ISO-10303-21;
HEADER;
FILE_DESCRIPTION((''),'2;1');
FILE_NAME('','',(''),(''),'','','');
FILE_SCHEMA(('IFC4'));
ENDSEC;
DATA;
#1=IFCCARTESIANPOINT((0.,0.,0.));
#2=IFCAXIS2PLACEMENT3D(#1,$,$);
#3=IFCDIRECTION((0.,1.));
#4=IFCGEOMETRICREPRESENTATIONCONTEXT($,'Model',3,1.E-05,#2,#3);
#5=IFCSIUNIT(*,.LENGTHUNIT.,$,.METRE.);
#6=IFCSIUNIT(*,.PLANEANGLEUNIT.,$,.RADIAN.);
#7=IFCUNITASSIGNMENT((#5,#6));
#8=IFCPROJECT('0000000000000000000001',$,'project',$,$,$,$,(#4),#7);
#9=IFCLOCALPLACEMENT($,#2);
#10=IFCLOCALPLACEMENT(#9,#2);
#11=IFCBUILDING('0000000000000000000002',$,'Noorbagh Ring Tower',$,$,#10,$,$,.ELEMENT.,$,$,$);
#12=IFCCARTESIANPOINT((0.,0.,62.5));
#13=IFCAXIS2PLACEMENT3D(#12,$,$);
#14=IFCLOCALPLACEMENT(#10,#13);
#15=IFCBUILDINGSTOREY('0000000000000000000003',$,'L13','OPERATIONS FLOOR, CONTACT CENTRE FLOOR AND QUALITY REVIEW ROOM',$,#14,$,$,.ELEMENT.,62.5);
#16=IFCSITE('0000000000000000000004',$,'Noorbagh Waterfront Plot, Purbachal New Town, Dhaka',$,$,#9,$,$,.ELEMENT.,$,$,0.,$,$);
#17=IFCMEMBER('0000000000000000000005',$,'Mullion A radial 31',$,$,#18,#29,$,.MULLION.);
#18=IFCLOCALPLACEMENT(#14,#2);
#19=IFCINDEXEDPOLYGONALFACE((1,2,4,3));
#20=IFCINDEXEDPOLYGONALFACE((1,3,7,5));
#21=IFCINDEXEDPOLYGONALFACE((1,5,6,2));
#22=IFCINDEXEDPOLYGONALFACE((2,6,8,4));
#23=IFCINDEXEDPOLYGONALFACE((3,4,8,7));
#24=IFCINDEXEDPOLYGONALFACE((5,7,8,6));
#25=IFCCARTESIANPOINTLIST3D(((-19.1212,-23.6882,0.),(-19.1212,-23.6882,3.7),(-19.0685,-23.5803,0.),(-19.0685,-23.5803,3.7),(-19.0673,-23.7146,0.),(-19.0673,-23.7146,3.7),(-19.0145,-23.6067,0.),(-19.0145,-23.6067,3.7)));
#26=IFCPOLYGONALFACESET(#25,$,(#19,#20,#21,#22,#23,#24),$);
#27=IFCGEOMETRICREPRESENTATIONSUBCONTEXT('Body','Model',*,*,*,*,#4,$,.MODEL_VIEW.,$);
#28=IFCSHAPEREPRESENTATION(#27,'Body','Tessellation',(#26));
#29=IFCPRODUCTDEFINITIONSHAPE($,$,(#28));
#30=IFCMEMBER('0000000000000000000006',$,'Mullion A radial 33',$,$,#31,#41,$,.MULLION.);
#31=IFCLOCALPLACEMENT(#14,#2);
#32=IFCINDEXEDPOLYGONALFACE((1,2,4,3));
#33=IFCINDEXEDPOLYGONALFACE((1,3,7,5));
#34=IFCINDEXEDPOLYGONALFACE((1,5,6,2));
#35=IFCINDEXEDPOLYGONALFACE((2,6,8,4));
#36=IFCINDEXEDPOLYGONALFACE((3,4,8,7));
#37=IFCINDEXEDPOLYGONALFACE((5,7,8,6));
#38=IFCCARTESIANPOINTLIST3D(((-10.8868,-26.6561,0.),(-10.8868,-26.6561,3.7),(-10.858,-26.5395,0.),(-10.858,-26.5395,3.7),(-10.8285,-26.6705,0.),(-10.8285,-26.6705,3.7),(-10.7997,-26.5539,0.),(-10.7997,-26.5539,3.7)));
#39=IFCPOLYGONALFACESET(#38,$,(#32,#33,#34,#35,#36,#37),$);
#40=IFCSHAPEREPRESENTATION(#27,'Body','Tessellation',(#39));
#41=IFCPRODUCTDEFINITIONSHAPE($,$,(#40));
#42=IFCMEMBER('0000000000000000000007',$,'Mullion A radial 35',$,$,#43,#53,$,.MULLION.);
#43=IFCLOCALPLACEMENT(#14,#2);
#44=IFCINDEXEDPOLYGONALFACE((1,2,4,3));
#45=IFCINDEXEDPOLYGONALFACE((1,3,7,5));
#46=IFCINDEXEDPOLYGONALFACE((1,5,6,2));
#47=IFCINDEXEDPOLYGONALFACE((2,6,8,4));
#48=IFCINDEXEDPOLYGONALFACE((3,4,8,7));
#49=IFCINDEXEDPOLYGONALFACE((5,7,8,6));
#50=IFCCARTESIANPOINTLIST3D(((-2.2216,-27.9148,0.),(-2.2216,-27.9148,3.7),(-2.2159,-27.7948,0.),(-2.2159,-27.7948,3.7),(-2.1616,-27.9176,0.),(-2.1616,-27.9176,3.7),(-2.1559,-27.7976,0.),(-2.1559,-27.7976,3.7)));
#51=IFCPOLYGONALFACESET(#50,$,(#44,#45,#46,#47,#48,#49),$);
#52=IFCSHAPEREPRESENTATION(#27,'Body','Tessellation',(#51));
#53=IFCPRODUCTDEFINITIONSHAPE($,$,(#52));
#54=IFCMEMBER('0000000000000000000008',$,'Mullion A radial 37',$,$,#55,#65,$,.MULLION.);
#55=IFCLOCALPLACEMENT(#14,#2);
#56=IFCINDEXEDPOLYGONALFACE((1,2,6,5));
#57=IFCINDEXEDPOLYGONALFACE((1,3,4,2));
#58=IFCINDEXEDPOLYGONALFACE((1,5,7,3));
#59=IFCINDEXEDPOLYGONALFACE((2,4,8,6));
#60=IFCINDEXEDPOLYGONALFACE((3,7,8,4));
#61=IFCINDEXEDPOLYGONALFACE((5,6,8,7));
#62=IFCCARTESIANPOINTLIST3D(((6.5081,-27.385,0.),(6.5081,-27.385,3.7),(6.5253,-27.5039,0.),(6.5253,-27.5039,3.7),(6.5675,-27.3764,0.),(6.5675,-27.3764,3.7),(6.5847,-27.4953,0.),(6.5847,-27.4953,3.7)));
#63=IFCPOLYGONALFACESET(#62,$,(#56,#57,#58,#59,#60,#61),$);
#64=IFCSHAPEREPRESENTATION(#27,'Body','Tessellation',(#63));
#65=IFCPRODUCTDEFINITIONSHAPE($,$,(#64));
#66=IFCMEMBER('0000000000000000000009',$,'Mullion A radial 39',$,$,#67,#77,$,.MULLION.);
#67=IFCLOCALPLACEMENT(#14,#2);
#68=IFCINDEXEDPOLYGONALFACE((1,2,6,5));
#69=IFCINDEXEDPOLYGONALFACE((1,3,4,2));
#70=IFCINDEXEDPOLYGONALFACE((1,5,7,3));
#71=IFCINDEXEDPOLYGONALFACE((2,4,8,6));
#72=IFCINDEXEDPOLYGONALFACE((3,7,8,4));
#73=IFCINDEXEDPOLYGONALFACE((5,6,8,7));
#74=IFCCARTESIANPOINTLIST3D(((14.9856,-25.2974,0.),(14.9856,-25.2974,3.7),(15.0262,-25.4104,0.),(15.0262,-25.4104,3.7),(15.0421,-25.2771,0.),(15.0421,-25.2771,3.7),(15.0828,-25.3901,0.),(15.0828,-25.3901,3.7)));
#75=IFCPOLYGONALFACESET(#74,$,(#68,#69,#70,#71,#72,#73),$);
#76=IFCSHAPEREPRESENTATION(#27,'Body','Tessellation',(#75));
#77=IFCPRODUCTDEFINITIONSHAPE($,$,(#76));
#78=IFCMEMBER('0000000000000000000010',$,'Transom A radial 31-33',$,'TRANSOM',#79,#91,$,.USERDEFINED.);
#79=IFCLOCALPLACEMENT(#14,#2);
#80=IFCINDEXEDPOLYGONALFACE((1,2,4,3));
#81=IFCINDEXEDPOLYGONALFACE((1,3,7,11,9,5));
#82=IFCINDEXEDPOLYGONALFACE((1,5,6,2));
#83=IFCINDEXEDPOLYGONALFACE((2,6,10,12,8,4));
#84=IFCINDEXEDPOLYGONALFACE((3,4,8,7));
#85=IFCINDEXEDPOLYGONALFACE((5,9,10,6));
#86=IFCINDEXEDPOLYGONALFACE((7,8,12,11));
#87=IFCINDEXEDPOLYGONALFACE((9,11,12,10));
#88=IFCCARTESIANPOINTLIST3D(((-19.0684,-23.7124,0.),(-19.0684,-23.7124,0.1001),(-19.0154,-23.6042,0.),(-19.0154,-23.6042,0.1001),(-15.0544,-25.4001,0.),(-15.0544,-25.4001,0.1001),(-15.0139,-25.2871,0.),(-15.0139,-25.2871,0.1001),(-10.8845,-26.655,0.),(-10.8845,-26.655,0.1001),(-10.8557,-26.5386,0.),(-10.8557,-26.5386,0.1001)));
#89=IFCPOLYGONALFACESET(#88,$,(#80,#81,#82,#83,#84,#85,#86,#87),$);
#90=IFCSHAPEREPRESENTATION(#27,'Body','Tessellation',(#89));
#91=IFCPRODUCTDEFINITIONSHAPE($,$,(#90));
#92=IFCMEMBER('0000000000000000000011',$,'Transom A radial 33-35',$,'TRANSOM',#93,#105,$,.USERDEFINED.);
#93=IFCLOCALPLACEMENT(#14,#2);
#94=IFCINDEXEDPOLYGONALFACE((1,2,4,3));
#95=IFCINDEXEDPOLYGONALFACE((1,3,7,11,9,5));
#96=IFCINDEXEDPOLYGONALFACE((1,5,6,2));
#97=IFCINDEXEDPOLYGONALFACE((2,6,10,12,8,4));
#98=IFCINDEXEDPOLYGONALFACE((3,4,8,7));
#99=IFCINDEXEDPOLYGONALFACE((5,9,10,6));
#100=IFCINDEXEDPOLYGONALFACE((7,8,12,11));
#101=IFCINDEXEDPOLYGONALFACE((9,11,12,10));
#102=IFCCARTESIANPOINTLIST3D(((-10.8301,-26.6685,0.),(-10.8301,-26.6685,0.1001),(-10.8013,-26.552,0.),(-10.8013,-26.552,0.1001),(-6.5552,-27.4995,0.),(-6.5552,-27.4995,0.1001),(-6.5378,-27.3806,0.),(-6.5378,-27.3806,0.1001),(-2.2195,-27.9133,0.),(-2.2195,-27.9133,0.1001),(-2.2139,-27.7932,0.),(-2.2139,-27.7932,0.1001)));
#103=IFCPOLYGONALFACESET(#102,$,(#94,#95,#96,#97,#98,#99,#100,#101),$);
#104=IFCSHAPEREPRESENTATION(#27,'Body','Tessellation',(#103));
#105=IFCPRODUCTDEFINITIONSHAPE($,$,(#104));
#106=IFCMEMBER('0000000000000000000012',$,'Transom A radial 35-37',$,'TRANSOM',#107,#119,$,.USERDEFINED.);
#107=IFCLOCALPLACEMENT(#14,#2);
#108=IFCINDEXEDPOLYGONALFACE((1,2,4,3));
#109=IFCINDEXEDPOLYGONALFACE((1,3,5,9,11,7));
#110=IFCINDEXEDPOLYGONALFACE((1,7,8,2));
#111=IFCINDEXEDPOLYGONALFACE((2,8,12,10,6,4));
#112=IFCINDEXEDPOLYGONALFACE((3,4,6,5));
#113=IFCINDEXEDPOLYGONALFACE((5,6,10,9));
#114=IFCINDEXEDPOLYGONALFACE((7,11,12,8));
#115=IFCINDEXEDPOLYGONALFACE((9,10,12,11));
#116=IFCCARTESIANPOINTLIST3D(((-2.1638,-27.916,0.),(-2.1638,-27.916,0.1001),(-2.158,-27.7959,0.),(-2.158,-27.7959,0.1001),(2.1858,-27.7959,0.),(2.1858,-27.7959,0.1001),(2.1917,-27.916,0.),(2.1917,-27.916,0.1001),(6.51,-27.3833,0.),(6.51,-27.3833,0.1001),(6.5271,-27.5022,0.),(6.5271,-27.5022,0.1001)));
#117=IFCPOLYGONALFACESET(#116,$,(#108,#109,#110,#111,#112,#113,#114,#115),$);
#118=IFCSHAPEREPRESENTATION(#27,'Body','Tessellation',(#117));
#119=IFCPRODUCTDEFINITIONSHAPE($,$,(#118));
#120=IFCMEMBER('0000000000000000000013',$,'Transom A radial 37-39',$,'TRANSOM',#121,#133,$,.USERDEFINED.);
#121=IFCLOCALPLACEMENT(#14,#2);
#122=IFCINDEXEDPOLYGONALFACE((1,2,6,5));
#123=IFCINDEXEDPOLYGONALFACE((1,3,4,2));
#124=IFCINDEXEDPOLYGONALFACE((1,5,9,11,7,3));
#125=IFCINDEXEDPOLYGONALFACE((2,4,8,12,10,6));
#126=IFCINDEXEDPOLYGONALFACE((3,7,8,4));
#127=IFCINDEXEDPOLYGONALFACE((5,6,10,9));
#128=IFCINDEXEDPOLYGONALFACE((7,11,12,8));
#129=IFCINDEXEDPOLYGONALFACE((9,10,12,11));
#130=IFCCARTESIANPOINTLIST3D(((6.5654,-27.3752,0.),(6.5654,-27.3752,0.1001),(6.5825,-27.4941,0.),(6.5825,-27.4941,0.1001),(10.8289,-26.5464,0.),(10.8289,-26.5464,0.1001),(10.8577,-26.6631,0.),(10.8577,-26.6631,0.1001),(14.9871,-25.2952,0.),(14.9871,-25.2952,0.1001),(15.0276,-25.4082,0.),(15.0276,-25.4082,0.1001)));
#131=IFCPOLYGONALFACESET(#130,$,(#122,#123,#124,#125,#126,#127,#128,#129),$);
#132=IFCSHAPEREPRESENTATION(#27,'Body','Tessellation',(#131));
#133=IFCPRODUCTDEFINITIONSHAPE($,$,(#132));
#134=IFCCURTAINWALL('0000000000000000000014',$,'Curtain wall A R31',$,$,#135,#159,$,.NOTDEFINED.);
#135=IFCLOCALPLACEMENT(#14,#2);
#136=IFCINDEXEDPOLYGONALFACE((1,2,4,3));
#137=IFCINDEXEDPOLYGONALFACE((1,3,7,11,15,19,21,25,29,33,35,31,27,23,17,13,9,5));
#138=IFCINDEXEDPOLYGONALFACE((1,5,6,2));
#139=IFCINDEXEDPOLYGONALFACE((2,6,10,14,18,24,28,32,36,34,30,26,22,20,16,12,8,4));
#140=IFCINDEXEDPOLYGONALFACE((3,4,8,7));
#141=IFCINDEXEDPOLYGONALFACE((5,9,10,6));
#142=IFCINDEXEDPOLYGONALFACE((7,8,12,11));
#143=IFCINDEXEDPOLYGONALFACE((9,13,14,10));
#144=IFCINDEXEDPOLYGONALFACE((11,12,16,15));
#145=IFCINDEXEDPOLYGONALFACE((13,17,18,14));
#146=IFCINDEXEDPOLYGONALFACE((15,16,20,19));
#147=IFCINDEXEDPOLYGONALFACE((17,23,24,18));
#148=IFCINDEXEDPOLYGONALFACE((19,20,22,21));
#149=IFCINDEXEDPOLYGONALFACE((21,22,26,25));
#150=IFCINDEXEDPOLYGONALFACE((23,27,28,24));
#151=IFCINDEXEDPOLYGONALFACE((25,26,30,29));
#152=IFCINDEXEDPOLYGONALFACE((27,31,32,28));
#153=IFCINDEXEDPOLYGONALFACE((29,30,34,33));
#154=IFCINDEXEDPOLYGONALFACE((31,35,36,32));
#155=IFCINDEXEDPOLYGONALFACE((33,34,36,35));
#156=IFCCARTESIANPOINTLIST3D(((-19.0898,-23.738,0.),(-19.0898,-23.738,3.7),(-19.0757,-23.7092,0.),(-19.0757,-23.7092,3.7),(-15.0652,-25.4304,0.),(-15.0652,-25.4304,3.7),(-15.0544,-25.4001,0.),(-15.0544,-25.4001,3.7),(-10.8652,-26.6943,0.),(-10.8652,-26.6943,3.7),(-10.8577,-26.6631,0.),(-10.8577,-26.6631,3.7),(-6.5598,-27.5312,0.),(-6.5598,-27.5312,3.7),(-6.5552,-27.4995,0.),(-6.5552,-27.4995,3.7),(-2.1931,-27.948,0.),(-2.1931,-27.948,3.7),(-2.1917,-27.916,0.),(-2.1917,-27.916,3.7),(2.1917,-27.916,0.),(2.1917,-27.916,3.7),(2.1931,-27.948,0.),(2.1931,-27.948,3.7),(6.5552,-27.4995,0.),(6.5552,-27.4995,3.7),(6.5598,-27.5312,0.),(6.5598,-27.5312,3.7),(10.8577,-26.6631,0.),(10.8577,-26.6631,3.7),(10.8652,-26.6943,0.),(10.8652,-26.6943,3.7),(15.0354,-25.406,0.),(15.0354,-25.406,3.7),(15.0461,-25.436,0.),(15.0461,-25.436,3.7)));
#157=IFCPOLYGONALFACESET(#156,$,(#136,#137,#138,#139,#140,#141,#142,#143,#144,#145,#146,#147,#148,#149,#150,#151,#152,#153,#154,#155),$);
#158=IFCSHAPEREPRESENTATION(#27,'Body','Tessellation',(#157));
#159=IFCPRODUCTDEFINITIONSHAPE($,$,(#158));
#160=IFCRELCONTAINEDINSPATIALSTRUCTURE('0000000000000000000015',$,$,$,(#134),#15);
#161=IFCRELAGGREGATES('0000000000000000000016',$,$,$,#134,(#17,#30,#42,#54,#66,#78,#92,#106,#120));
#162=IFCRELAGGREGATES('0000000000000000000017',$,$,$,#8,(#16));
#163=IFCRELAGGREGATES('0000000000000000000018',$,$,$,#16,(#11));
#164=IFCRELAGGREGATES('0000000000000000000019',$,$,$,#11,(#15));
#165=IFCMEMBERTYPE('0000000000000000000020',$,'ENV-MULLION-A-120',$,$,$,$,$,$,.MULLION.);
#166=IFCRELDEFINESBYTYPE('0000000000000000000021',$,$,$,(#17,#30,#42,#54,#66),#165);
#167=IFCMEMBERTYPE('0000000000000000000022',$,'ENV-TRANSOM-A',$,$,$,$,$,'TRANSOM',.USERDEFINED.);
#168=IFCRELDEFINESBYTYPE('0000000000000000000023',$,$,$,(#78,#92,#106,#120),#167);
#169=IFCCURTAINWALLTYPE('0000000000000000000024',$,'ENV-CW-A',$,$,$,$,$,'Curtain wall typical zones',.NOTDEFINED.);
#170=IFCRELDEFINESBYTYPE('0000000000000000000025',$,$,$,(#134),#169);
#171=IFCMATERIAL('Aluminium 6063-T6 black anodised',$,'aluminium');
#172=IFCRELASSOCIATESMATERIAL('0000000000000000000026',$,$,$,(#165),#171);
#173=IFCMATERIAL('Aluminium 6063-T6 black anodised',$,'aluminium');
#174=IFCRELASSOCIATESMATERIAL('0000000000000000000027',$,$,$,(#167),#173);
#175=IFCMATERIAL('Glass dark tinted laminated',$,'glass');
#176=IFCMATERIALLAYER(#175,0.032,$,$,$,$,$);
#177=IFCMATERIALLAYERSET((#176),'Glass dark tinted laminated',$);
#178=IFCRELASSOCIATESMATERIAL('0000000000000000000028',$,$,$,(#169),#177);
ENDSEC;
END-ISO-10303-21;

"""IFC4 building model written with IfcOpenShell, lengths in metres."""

from ifc_helpers import new_model, si_unit, direction, frame, origin, origin_2d, place, context, subcontext, project, spatial, polyline, rectangle, outline, extrude, material, layer, layer_set, material_profile, profile_set, type_object, element, aggregate, save


model = new_model("IFC4")

# Units and contexts
model_context = context("Model", 3, precision=1e-05, world=origin(), true_north=direction((0.0, 1.0)))
body_context = subcontext(model_context, "Body", "Model", "MODEL_VIEW")
ifc_project = project(units=[si_unit("LENGTHUNIT", "METRE"), si_unit("PLANEANGLEUNIT", "RADIAN")], contexts=[model_context])

# Members
ifc_material_1 = material(Name="Aluminium 6063-T6 black anodised", Category="aluminium")
ifc_material_profile_1 = material_profile(ifc_material_1, rectangle(XDim=0.1201, YDim=0.0601, at=origin_2d()), Name="120x60")
ifc_profile_set_1 = profile_set([ifc_material_profile_1], Name="Aluminium 6063-T6 black anodised")
member_type_1 = type_object("IfcMemberType", Name="ENV-MULLION-A-120", PredefinedType="MULLION", material=ifc_profile_set_1)
site_placement = place(None, origin())
building_placement = place(site_placement, origin())
storey_placement = place(building_placement, frame((0.0, 0.0, 62.5)))
member_1_placement = place(storey_placement, frame((-19.0679, -23.6475, 0.0), z_axis=(0.0, 0.0, 1.0), x_axis=(0.439238, 0.898371, 0.0)))
member_1 = element("IfcMember", 1, at=member_1_placement, type_object=member_type_1, Name="Mullion A radial 31", PredefinedType="MULLION", context=body_context, shape_type="SweptSolid", body=[
    extrude(rectangle(XDim=0.1201, YDim=0.0601, at=origin_2d()), origin(), (0.0, 0.0, 1.0), 3.7),
])
member_2_placement = place(storey_placement, frame((-10.8433, -26.605, 0.0), z_axis=(0.0, 0.0, 1.0), x_axis=(0.239799, 0.970823, 0.0)))
member_2 = element("IfcMember", 2, at=member_2_placement, type_object=member_type_1, Name="Mullion A radial 33", PredefinedType="MULLION", context=body_context, shape_type="SweptSolid", body=[
    extrude(rectangle(XDim=0.1201, YDim=0.0601, at=origin_2d()), origin(), (0.0, 0.0, 1.0), 3.7),
])
member_3_placement = place(storey_placement, frame((-2.1887, -27.8562, 0.0), z_axis=(0.0, 0.0, 1.0), x_axis=(0.047558, 0.998868, 0.0)))
member_3 = element("IfcMember", 3, at=member_3_placement, type_object=member_type_1, Name="Mullion A radial 35", PredefinedType="MULLION", context=body_context, shape_type="SweptSolid", body=[
    extrude(rectangle(XDim=0.1201, YDim=0.0601, at=origin_2d()), origin(), (0.0, 0.0, 1.0), 3.7),
])
member_4_placement = place(storey_placement, frame((6.5464, -27.4402, 0.0), z_axis=(0.0, 0.0, 1.0), x_axis=(-0.143082, 0.989711, 0.0)))
member_4 = element("IfcMember", 4, at=member_4_placement, type_object=member_type_1, Name="Mullion A radial 37", PredefinedType="MULLION", context=body_context, shape_type="SweptSolid", body=[
    extrude(rectangle(XDim=0.1201, YDim=0.0601, at=origin_2d()), origin(), (0.0, 0.0, 1.0), 3.7),
])
member_5_placement = place(storey_placement, frame((15.0342, -25.3438, 0.0), z_axis=(0.0, 0.0, 1.0), x_axis=(-0.338379, 0.94101, 0.0)))
member_5 = element("IfcMember", 5, at=member_5_placement, type_object=member_type_1, Name="Mullion A radial 39", PredefinedType="MULLION", context=body_context, shape_type="SweptSolid", body=[
    extrude(rectangle(XDim=0.1201, YDim=0.0601, at=origin_2d()), origin(), (0.0, 0.0, 1.0), 3.7),
])
ifc_material_2 = material(Name="Aluminium 6063-T6 black anodised", Category="aluminium")
member_type_2 = type_object("IfcMemberType", Name="ENV-TRANSOM-A", ElementType="TRANSOM", PredefinedType="USERDEFINED", material=ifc_material_2)
member_6_placement = place(storey_placement, origin())
member_6 = element("IfcMember", 6, at=member_6_placement, type_object=member_type_2, Name="Transom A radial 31-33", ObjectType="TRANSOM", PredefinedType="USERDEFINED", context=body_context, shape_type="SweptSolid", body=[
    extrude(outline(polyline([(-19.0684, -23.7124), (-15.0544, -25.4001), (-10.8845, -26.655), (-10.8557, -26.5386), (-15.0139, -25.2871), (-19.0154, -23.6042), (-19.0684, -23.7124)])), origin(), (0.0, 0.0, 1.0), 0.1001),
])
member_7_placement = place(storey_placement, origin())
member_7 = element("IfcMember", 7, at=member_7_placement, type_object=member_type_2, Name="Transom A radial 33-35", ObjectType="TRANSOM", PredefinedType="USERDEFINED", context=body_context, shape_type="SweptSolid", body=[
    extrude(outline(polyline([(-10.8301, -26.6685), (-6.5552, -27.4995), (-2.2195, -27.9133), (-2.2139, -27.7932), (-6.5378, -27.3806), (-10.8013, -26.552), (-10.8301, -26.6685)])), origin(), (0.0, 0.0, 1.0), 0.1001),
])
member_8_placement = place(storey_placement, origin())
member_8 = element("IfcMember", 8, at=member_8_placement, type_object=member_type_2, Name="Transom A radial 35-37", ObjectType="TRANSOM", PredefinedType="USERDEFINED", context=body_context, shape_type="SweptSolid", body=[
    extrude(outline(polyline([(-2.1638, -27.916), (2.1917, -27.916), (6.5271, -27.5022), (6.51, -27.3833), (2.1858, -27.7959), (-2.158, -27.7959), (-2.1638, -27.916)])), origin(), (0.0, 0.0, 1.0), 0.1001),
])
member_9_placement = place(storey_placement, origin())
member_9 = element("IfcMember", 9, at=member_9_placement, type_object=member_type_2, Name="Transom A radial 37-39", ObjectType="TRANSOM", PredefinedType="USERDEFINED", context=body_context, shape_type="SweptSolid", body=[
    extrude(outline(polyline([(6.5825, -27.4941), (10.8577, -26.6631), (15.0276, -25.4082), (14.9871, -25.2952), (10.8289, -26.5464), (6.5654, -27.3752), (6.5825, -27.4941)])), origin(), (0.0, 0.0, 1.0), 0.1001),
])

# Site, building, storey
site = spatial("IfcSite", under=ifc_project, at=site_placement, Name="Noorbagh Waterfront Plot, Purbachal New Town, Dhaka", CompositionType="ELEMENT", RefElevation=0.0)
building = spatial("IfcBuilding", under=site, at=building_placement, Name="Noorbagh Ring Tower", CompositionType="ELEMENT")
storey = spatial("IfcBuildingStorey", under=building, at=storey_placement, Name="L13", Description="OPERATIONS FLOOR, CONTACT CENTRE FLOOR AND QUALITY REVIEW ROOM", CompositionType="ELEMENT", Elevation=62.5)

# Curtain wall
ifc_material_3 = material(Name="Glass dark tinted laminated", Category="glass")
ifc_layer_1 = layer(ifc_material_3, 0.032)
ifc_layer_set_1 = layer_set([ifc_layer_1], Name="Glass dark tinted laminated")
curtain_wall_type_1 = type_object("IfcCurtainWallType", Name="ENV-CW-A", ElementType="Curtain wall typical zones", PredefinedType="NOTDEFINED", material=ifc_layer_set_1)
curtain_wall_1_placement = place(storey_placement, origin())
curtain_wall_1 = element("IfcCurtainWall", 10, at=curtain_wall_1_placement, inside=storey, type_object=curtain_wall_type_1, Name="Curtain wall A R31", PredefinedType="NOTDEFINED", context=body_context, shape_type="SweptSolid", body=[
    extrude(outline(polyline([(-19.0898, -23.738), (-15.0652, -25.4304), (-10.8652, -26.6943), (-6.5598, -27.5312), (-2.1931, -27.948), (2.1931, -27.948), (6.5598, -27.5312), (10.8652, -26.6943), (15.0461, -25.436), (15.0354, -25.406), (10.8577, -26.6631), (6.5552, -27.4995), (2.1917, -27.916), (-2.1917, -27.916), (-6.5552, -27.4995), (-10.8577, -26.6631), (-15.0544, -25.4001), (-19.0757, -23.7092), (-19.0898, -23.738)])), origin(), (0.0, 0.0, 1.0), 3.7),
])
aggregate(curtain_wall_1, [member_1, member_2, member_3, member_4, member_5, member_6, member_7, member_8, member_9])

save(model, "model.ifc")
